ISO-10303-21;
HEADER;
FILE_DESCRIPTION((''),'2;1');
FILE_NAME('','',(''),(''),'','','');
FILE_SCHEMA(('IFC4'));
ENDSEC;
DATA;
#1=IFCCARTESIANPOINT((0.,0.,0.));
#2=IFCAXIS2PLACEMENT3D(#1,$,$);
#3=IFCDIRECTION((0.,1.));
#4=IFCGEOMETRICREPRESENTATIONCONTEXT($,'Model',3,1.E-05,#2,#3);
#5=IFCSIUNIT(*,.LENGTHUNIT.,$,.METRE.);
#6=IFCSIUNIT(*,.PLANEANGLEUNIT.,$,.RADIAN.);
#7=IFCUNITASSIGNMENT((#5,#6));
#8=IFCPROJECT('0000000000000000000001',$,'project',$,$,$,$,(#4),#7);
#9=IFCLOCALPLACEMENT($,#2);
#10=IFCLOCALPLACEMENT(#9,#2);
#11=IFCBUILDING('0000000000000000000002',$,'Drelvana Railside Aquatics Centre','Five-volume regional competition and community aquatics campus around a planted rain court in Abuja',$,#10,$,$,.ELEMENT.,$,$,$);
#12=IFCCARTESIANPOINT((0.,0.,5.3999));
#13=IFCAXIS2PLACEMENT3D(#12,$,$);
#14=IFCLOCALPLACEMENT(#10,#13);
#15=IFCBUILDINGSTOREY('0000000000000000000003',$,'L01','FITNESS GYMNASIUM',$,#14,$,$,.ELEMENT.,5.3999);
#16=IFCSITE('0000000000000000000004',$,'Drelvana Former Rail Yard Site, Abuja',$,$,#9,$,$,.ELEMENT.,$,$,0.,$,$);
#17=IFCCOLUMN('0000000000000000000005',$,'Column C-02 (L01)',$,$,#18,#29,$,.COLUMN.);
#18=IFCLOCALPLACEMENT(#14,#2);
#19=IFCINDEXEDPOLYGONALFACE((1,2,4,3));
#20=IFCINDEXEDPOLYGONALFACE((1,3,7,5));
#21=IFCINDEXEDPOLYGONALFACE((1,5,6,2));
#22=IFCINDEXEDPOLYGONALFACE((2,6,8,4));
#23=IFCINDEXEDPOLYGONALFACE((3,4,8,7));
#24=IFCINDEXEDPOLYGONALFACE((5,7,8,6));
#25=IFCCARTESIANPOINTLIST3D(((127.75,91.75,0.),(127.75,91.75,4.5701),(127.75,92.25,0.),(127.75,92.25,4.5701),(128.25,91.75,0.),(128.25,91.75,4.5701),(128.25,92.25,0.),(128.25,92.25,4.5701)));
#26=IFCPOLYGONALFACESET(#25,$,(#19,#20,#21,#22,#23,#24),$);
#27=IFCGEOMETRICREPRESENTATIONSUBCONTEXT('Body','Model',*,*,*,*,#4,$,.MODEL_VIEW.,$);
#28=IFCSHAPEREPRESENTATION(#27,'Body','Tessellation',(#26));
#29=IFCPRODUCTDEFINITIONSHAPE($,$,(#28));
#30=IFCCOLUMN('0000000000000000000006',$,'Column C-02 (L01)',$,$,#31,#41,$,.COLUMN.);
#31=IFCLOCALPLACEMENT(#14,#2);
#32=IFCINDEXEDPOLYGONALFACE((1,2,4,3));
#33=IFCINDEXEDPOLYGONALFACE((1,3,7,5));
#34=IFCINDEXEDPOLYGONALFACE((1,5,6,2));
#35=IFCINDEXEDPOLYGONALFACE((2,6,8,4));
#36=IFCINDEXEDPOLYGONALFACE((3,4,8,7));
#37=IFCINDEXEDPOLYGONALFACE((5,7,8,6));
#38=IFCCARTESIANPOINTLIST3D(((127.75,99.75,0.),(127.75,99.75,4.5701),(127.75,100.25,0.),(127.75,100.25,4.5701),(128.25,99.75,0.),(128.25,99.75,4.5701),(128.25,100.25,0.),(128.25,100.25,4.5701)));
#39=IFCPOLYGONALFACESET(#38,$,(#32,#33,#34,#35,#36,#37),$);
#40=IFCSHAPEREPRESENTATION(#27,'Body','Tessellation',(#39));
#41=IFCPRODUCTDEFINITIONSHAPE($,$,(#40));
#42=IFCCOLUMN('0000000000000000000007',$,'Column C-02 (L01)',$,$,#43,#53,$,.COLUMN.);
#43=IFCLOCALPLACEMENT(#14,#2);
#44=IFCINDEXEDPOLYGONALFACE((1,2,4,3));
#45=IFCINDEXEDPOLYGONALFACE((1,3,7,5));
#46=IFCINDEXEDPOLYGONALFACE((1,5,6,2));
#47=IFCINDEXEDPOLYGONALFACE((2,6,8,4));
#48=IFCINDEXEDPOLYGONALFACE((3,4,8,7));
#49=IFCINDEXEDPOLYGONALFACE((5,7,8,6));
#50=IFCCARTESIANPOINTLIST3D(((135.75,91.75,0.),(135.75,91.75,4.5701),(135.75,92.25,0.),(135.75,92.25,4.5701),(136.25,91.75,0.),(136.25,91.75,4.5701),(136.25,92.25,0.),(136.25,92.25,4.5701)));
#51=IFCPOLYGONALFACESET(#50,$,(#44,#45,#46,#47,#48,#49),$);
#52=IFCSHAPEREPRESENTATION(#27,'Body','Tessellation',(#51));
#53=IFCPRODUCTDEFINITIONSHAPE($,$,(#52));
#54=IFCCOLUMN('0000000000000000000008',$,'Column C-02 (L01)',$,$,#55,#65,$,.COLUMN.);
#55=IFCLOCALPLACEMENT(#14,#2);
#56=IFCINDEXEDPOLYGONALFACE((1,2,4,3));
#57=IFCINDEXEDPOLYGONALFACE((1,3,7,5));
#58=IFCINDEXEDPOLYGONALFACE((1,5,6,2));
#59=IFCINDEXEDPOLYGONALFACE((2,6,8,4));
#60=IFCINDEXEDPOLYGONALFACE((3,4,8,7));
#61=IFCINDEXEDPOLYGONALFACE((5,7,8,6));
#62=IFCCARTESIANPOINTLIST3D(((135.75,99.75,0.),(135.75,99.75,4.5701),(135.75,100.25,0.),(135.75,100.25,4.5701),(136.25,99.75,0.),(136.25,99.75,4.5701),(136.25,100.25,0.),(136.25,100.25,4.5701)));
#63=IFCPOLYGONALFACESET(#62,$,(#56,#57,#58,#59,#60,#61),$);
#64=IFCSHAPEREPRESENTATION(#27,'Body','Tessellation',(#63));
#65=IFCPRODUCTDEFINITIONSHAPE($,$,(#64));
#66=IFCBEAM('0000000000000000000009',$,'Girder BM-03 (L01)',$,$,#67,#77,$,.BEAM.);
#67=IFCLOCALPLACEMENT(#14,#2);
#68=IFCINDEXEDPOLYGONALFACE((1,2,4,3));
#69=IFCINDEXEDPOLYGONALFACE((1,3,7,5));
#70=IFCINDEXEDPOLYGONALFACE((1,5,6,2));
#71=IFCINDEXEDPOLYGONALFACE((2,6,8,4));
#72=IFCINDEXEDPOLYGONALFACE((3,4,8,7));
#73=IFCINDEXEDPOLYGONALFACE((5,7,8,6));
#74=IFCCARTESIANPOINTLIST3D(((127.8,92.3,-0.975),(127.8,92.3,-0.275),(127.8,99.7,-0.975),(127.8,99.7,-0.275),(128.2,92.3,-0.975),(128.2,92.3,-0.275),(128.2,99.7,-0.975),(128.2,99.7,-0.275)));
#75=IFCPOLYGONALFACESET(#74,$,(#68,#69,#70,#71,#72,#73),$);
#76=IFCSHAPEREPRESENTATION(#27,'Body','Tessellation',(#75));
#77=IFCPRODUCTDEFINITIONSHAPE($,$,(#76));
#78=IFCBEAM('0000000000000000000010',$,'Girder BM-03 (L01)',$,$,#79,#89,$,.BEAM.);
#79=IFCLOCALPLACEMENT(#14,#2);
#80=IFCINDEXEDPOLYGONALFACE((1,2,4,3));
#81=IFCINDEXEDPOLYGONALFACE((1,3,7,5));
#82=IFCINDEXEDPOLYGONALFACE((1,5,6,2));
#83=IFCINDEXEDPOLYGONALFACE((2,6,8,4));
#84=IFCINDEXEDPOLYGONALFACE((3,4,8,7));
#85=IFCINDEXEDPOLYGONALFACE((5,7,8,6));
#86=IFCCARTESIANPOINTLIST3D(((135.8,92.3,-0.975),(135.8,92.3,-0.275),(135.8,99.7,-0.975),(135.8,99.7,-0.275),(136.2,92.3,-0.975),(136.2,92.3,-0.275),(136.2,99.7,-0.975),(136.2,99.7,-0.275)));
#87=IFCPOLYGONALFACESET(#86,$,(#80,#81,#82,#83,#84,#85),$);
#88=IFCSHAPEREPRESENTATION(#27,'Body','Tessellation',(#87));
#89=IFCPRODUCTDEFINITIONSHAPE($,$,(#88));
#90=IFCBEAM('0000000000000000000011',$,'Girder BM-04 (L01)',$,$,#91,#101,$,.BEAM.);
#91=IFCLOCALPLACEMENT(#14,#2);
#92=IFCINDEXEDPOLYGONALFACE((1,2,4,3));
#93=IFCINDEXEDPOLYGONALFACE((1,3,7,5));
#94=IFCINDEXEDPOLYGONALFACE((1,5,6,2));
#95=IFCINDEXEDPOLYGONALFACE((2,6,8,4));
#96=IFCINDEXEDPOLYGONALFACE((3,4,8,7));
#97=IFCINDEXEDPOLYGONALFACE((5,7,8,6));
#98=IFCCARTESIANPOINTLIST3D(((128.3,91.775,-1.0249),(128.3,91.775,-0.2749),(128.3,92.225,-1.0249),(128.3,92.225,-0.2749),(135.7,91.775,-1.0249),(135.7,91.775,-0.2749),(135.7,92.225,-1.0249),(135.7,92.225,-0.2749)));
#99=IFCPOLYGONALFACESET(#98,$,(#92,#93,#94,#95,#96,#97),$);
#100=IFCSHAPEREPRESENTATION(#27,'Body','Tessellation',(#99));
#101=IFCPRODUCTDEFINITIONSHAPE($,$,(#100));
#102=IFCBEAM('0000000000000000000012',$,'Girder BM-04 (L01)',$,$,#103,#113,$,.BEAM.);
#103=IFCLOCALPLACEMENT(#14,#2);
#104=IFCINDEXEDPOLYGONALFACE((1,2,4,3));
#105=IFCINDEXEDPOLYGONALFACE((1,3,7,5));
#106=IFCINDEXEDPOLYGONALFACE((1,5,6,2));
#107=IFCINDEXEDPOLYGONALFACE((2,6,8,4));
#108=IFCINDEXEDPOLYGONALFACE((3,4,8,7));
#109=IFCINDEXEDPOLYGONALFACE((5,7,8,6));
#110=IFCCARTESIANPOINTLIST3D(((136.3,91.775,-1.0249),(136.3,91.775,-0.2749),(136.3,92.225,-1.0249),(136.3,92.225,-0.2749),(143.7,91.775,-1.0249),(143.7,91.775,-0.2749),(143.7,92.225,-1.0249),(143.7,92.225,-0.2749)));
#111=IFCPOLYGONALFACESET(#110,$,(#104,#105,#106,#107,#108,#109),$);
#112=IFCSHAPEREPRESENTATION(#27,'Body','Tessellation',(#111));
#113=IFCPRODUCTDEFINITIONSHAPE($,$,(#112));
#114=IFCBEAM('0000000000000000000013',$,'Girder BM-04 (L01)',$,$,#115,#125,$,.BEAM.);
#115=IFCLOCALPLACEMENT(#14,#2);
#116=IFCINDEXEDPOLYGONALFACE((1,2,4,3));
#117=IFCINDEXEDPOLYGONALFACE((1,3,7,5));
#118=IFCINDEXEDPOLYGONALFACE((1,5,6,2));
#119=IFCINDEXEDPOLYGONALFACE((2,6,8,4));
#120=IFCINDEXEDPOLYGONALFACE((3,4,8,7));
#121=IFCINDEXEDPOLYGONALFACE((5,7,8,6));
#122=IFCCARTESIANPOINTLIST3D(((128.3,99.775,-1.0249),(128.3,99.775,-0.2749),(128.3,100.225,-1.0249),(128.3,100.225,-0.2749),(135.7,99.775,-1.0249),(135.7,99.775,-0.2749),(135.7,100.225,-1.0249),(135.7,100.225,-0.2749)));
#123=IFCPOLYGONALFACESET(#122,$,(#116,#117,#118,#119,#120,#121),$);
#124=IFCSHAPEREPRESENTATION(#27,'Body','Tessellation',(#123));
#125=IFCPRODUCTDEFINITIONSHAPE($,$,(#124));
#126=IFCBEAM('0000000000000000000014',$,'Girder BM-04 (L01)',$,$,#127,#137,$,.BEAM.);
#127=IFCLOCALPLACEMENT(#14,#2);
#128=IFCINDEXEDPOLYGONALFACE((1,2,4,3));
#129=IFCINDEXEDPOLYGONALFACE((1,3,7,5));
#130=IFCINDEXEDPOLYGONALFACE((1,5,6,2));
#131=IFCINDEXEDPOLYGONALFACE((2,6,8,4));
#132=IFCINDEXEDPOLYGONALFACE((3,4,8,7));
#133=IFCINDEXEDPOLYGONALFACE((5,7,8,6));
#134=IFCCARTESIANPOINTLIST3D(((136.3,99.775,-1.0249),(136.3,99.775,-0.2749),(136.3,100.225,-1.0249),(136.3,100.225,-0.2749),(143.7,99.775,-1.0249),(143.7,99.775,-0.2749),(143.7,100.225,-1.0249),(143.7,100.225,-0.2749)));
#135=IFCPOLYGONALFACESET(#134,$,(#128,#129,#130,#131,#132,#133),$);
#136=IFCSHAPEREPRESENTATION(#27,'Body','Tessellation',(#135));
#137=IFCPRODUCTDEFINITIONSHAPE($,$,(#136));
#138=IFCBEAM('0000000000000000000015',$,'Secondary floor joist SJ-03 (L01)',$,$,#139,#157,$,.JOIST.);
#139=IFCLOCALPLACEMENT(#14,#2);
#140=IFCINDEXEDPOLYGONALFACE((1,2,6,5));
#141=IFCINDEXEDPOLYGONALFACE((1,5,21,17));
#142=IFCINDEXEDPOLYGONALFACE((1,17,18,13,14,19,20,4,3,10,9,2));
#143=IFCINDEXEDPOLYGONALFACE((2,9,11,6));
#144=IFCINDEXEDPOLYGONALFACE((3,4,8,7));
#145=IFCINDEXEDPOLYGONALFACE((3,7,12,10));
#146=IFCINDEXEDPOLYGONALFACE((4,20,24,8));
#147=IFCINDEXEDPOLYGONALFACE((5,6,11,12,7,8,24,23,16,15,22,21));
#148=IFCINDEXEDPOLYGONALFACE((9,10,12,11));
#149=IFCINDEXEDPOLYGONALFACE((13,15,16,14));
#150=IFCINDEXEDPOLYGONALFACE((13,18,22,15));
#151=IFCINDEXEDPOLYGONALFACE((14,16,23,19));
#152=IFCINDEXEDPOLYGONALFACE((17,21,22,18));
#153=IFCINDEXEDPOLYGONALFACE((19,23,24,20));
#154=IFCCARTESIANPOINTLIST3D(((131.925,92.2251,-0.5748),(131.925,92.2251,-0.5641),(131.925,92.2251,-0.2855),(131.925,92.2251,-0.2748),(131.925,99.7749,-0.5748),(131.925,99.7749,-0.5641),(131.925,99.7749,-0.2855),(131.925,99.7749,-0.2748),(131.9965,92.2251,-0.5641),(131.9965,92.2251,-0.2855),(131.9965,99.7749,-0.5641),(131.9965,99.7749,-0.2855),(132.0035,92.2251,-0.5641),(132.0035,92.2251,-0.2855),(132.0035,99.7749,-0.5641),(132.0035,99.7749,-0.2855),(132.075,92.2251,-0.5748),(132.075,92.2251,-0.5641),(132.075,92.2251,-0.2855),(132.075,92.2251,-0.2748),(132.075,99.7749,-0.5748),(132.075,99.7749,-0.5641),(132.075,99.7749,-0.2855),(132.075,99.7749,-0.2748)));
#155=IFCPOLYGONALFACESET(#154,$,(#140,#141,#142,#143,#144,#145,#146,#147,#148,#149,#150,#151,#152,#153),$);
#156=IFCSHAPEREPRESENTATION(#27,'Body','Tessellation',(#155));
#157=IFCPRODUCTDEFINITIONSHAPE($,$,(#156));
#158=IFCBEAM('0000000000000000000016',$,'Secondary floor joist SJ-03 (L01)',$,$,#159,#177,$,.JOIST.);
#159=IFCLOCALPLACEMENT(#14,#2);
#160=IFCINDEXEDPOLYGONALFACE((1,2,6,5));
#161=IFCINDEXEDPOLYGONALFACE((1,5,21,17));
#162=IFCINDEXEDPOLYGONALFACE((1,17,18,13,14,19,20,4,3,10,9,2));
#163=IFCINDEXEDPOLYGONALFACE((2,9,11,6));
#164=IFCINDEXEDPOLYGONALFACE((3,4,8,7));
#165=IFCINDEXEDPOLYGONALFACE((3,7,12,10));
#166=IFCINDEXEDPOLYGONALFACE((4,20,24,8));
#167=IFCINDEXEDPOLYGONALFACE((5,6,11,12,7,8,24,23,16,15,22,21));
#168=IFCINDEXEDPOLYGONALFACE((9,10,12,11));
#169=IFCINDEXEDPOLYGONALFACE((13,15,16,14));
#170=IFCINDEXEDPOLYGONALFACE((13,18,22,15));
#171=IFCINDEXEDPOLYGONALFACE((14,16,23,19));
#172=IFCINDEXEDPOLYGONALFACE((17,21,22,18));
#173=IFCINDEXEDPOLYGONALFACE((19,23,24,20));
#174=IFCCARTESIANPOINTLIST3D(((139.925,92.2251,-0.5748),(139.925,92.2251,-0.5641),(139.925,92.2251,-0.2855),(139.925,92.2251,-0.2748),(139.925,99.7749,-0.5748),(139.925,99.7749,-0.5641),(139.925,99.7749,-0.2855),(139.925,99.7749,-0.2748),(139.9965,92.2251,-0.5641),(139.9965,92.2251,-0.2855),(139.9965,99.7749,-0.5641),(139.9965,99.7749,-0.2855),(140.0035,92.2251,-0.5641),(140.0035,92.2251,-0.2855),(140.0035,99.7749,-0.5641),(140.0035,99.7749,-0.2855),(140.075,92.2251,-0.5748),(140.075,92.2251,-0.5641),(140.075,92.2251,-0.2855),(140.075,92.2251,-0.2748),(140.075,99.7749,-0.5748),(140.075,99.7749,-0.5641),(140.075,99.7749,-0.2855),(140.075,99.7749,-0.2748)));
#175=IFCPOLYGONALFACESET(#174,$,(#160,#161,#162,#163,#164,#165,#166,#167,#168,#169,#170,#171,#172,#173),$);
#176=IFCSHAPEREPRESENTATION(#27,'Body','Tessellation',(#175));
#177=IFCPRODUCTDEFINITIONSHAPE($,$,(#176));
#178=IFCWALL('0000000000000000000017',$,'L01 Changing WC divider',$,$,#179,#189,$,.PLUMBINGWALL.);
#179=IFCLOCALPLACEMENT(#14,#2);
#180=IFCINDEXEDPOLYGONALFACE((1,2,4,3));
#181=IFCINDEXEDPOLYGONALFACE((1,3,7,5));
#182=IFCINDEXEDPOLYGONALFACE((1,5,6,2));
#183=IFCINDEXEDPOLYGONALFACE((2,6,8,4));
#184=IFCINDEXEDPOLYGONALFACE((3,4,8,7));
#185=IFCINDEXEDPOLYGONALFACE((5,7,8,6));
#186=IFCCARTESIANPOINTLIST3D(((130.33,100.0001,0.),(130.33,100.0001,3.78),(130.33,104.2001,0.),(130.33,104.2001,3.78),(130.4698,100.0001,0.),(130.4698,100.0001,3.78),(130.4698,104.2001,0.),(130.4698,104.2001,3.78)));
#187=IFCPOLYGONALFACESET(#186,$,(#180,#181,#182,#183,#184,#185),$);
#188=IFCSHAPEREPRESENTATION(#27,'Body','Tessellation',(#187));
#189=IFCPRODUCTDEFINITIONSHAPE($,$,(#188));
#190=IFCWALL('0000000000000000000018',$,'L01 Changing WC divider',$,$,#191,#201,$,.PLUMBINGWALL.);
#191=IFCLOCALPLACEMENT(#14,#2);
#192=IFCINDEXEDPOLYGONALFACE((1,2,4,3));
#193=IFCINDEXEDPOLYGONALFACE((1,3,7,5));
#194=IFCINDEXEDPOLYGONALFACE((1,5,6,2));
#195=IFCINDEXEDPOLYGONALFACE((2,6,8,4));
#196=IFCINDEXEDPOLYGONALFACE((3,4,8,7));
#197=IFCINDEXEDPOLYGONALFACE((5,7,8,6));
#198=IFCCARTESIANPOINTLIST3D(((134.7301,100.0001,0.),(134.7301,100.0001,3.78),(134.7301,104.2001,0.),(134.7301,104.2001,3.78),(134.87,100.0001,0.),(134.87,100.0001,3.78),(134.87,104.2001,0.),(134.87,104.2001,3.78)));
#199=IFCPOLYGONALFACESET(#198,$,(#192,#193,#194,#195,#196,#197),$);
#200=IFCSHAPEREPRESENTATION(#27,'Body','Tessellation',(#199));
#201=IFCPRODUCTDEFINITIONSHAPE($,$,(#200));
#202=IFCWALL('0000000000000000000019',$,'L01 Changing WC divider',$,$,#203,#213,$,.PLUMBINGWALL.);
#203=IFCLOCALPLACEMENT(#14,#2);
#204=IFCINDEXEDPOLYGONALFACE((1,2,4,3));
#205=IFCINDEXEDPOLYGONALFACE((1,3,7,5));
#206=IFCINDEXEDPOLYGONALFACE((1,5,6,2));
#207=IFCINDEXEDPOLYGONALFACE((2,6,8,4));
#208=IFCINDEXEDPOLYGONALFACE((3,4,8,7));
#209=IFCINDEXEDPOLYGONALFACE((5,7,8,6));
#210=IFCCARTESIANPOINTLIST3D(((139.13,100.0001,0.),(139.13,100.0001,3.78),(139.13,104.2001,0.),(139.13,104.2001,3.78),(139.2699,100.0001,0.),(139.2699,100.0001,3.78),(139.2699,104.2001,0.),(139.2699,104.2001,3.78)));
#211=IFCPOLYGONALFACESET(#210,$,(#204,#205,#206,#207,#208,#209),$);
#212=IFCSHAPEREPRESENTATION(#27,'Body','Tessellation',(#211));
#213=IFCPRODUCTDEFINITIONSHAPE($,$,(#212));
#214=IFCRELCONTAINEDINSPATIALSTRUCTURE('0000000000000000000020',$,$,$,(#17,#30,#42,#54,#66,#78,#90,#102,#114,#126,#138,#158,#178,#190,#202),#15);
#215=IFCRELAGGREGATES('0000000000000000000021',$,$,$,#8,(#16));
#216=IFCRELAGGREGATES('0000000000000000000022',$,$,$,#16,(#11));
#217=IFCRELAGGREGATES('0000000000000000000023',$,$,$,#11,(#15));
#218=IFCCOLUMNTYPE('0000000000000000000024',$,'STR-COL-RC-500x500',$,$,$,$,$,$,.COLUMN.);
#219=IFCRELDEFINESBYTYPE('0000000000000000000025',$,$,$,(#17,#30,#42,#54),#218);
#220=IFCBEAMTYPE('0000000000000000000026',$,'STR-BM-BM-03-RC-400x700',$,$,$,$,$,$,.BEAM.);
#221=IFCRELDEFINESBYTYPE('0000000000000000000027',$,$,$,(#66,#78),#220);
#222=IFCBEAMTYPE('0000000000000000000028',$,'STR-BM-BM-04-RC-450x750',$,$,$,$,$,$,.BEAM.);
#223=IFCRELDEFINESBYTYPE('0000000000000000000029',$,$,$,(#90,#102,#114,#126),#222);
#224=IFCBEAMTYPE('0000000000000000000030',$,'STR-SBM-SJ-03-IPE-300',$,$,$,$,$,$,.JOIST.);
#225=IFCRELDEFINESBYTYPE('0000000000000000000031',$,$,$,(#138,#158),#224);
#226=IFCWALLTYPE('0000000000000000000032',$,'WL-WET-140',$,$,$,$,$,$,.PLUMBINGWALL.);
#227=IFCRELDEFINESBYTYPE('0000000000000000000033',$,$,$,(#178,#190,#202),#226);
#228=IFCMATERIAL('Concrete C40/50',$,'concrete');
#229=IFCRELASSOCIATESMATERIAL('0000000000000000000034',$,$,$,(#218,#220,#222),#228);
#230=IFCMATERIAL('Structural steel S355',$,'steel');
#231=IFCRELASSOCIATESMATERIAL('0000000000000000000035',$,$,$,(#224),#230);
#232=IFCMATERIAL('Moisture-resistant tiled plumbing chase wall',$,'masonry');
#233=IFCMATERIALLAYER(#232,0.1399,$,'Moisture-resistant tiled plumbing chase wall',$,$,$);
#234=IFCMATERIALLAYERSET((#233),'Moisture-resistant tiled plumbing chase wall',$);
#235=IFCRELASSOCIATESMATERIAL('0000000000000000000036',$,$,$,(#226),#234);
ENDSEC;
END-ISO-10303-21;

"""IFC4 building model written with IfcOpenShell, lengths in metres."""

from ifc_helpers import new_model, si_unit, direction, frame, frame_2d, origin, origin_2d, place, context, subcontext, project, spatial, rectangle, i_section, extrude, material, layer, layer_set, material_profile, profile_set, type_object, element, save


model = new_model("IFC4")

# Units and contexts
model_context = context("Model", 3, precision=1e-05, world=origin(), true_north=direction((0.0, 1.0)))
body_context = subcontext(model_context, "Body", "Model", "MODEL_VIEW")
ifc_project = project(units=[si_unit("LENGTHUNIT", "METRE"), si_unit("PLANEANGLEUNIT", "RADIAN")], contexts=[model_context])

# Site, building, storey
site_placement = place(None, origin())
site = spatial("IfcSite", under=ifc_project, at=site_placement, Name="Drelvana Former Rail Yard Site, Abuja", CompositionType="ELEMENT", RefElevation=0.0)
building_placement = place(site_placement, origin())
building = spatial("IfcBuilding", under=site, at=building_placement, Name="Drelvana Railside Aquatics Centre", Description="Five-volume regional competition and community aquatics campus around a planted rain court in Abuja", CompositionType="ELEMENT")
storey_placement = place(building_placement, frame((0.0, 0.0, 5.3999)))
storey = spatial("IfcBuildingStorey", under=building, at=storey_placement, Name="L01", Description="FITNESS GYMNASIUM", CompositionType="ELEMENT", Elevation=5.3999)

# Columns
ifc_material_1 = material(Name="Concrete C40/50", Category="concrete")
ifc_material_profile_1 = material_profile(ifc_material_1, rectangle(XDim=0.5, YDim=0.5, at=origin_2d()), Name="RC 500x500")
ifc_profile_set_1 = profile_set([ifc_material_profile_1], Name="Concrete C40/50")
column_type = type_object("IfcColumnType", Name="STR-COL-RC-500x500", PredefinedType="COLUMN", material=ifc_profile_set_1)
for number, where, z_axis, x_axis, name in (
    (1, (128.0, 92.0, 0.0), (0.0, 0.0, 1.0), (1.0, 0.0, 0.0), "Column C-02 (L01)"),
    (2, (128.0, 100.0, 0.0), (0.0, 0.0, 1.0), (1.0, 0.0, 0.0), "Column C-02 (L01)"),
    (3, (136.0, 92.0, 0.0), (0.0, 0.0, 1.0), (1.0, 0.0, 0.0), "Column C-02 (L01)"),
    (4, (136.0, 100.0, 0.0), (0.0, 0.0, 1.0), (1.0, 0.0, 0.0), "Column C-02 (L01)"),
):
    element("IfcColumn", number, at=place(storey_placement, frame(where, z_axis=z_axis, x_axis=x_axis)), inside=storey, type_object=column_type, Name=name, PredefinedType="COLUMN", context=body_context, shape_type="SweptSolid", body=[
        extrude(rectangle(XDim=0.5, YDim=0.5, at=origin_2d()), origin(), (0.0, 0.0, 1.0), 4.5701),
    ])

# Beams
ifc_material_profile_2 = material_profile(ifc_material_1, rectangle(XDim=0.3999, YDim=0.7, at=origin_2d()), Name="RC 400x700")
ifc_profile_set_2 = profile_set([ifc_material_profile_2], Name="Concrete C40/50")
beam_type_1 = type_object("IfcBeamType", Name="STR-BM-BM-03-RC-400x700", PredefinedType="BEAM", material=ifc_profile_set_2)
for number, where, z_axis, x_axis, name in (
    (5, (128.0, 92.3, -0.625), (0.0, 1.0, 0.0), (-1.0, 0.0, 0.0), "Girder BM-03 (L01)"),
    (6, (136.0, 92.3, -0.625), (0.0, 1.0, 0.0), (-1.0, 0.0, 0.0), "Girder BM-03 (L01)"),
):
    element("IfcBeam", number, at=place(storey_placement, frame(where, z_axis=z_axis, x_axis=x_axis)), inside=storey, type_object=beam_type_1, Name=name, PredefinedType="BEAM", context=body_context, shape_type="SweptSolid", body=[
        extrude(rectangle(XDim=0.3999, YDim=0.7, at=origin_2d()), origin(), (0.0, 0.0, 1.0), 7.3999),
    ])
ifc_material_profile_3 = material_profile(ifc_material_1, rectangle(XDim=0.45, YDim=0.75, at=origin_2d()), Name="RC 450x750")
ifc_profile_set_3 = profile_set([ifc_material_profile_3], Name="Concrete C40/50")
beam_type_2 = type_object("IfcBeamType", Name="STR-BM-BM-04-RC-450x750", PredefinedType="BEAM", material=ifc_profile_set_3)
for number, where, z_axis, x_axis, name in (
    (7, (128.3, 92.0, -0.6499), (1.0, 0.0, 0.0), (0.0, 1.0, 0.0), "Girder BM-04 (L01)"),
    (8, (136.3, 92.0, -0.6499), (1.0, 0.0, 0.0), (0.0, 1.0, 0.0), "Girder BM-04 (L01)"),
    (9, (128.3, 100.0, -0.6499), (1.0, 0.0, 0.0), (0.0, 1.0, 0.0), "Girder BM-04 (L01)"),
    (10, (136.3, 100.0, -0.6499), (1.0, 0.0, 0.0), (0.0, 1.0, 0.0), "Girder BM-04 (L01)"),
):
    element("IfcBeam", number, at=place(storey_placement, frame(where, z_axis=z_axis, x_axis=x_axis)), inside=storey, type_object=beam_type_2, Name=name, PredefinedType="BEAM", context=body_context, shape_type="SweptSolid", body=[
        extrude(rectangle(XDim=0.45, YDim=0.75, at=origin_2d()), origin(), (0.0, 0.0, 1.0), 7.3999),
    ])
ifc_material_2 = material(Name="Structural steel S355", Category="steel")
ifc_material_profile_4 = material_profile(ifc_material_2, i_section(OverallWidth=0.1499, OverallDepth=0.3, WebThickness=0.0071, FlangeThickness=0.0107, at=origin_2d()), Name="IPE 300")
ifc_profile_set_4 = profile_set([ifc_material_profile_4], Name="Structural steel S355")
beam_type_3 = type_object("IfcBeamType", Name="STR-SBM-SJ-03-IPE-300", PredefinedType="JOIST", material=ifc_profile_set_4)
for number, where, z_axis, x_axis, name in (
    (11, (132.0, 92.2251, -0.4248), (0.0, 1.0, 0.0), (-1.0, 0.0, 0.0), "Secondary floor joist SJ-03 (L01)"),
    (12, (140.0, 92.2251, -0.4248), (0.0, 1.0, 0.0), (-1.0, 0.0, 0.0), "Secondary floor joist SJ-03 (L01)"),
):
    element("IfcBeam", number, at=place(storey_placement, frame(where, z_axis=z_axis, x_axis=x_axis)), inside=storey, type_object=beam_type_3, Name=name, PredefinedType="JOIST", context=body_context, shape_type="SweptSolid", body=[
        extrude(i_section(OverallWidth=0.1499, OverallDepth=0.3, WebThickness=0.0071, FlangeThickness=0.0107, at=origin_2d()), origin(), (0.0, 0.0, 1.0), 7.5498),
    ])

# Walls
ifc_material_3 = material(Name="Moisture-resistant tiled plumbing chase wall", Category="masonry")
ifc_layer_1 = layer(ifc_material_3, 0.1399, Name="Moisture-resistant tiled plumbing chase wall")
ifc_layer_set_1 = layer_set([ifc_layer_1], Name="Moisture-resistant tiled plumbing chase wall")
wall_type_1 = type_object("IfcWallType", Name="WL-WET-140", PredefinedType="PLUMBINGWALL", material=ifc_layer_set_1)
for number, where, z_axis, x_axis, name in (
    (13, (130.3999, 100.0, 0.0), (0.0, 0.0, 1.0), (0.0, 1.0, 0.0), "L01 Changing WC divider"),
    (14, (134.8, 100.0, 0.0), (0.0, 0.0, 1.0), (0.0, 1.0, 0.0), "L01 Changing WC divider"),
    (15, (139.2, 100.0, 0.0), (0.0, 0.0, 1.0), (0.0, 1.0, 0.0), "L01 Changing WC divider"),
):
    element("IfcWall", number, at=place(storey_placement, frame(where, z_axis=z_axis, x_axis=x_axis)), inside=storey, type_object=wall_type_1, Name=name, PredefinedType="PLUMBINGWALL", context=body_context, shape_type="SweptSolid", body=[
        extrude(rectangle(XDim=4.2, YDim=0.1399, at=frame_2d((2.1001, 0.0))), origin(), (0.0, 0.0, 1.0), 3.78),
    ])

save(model, "model.ifc")
